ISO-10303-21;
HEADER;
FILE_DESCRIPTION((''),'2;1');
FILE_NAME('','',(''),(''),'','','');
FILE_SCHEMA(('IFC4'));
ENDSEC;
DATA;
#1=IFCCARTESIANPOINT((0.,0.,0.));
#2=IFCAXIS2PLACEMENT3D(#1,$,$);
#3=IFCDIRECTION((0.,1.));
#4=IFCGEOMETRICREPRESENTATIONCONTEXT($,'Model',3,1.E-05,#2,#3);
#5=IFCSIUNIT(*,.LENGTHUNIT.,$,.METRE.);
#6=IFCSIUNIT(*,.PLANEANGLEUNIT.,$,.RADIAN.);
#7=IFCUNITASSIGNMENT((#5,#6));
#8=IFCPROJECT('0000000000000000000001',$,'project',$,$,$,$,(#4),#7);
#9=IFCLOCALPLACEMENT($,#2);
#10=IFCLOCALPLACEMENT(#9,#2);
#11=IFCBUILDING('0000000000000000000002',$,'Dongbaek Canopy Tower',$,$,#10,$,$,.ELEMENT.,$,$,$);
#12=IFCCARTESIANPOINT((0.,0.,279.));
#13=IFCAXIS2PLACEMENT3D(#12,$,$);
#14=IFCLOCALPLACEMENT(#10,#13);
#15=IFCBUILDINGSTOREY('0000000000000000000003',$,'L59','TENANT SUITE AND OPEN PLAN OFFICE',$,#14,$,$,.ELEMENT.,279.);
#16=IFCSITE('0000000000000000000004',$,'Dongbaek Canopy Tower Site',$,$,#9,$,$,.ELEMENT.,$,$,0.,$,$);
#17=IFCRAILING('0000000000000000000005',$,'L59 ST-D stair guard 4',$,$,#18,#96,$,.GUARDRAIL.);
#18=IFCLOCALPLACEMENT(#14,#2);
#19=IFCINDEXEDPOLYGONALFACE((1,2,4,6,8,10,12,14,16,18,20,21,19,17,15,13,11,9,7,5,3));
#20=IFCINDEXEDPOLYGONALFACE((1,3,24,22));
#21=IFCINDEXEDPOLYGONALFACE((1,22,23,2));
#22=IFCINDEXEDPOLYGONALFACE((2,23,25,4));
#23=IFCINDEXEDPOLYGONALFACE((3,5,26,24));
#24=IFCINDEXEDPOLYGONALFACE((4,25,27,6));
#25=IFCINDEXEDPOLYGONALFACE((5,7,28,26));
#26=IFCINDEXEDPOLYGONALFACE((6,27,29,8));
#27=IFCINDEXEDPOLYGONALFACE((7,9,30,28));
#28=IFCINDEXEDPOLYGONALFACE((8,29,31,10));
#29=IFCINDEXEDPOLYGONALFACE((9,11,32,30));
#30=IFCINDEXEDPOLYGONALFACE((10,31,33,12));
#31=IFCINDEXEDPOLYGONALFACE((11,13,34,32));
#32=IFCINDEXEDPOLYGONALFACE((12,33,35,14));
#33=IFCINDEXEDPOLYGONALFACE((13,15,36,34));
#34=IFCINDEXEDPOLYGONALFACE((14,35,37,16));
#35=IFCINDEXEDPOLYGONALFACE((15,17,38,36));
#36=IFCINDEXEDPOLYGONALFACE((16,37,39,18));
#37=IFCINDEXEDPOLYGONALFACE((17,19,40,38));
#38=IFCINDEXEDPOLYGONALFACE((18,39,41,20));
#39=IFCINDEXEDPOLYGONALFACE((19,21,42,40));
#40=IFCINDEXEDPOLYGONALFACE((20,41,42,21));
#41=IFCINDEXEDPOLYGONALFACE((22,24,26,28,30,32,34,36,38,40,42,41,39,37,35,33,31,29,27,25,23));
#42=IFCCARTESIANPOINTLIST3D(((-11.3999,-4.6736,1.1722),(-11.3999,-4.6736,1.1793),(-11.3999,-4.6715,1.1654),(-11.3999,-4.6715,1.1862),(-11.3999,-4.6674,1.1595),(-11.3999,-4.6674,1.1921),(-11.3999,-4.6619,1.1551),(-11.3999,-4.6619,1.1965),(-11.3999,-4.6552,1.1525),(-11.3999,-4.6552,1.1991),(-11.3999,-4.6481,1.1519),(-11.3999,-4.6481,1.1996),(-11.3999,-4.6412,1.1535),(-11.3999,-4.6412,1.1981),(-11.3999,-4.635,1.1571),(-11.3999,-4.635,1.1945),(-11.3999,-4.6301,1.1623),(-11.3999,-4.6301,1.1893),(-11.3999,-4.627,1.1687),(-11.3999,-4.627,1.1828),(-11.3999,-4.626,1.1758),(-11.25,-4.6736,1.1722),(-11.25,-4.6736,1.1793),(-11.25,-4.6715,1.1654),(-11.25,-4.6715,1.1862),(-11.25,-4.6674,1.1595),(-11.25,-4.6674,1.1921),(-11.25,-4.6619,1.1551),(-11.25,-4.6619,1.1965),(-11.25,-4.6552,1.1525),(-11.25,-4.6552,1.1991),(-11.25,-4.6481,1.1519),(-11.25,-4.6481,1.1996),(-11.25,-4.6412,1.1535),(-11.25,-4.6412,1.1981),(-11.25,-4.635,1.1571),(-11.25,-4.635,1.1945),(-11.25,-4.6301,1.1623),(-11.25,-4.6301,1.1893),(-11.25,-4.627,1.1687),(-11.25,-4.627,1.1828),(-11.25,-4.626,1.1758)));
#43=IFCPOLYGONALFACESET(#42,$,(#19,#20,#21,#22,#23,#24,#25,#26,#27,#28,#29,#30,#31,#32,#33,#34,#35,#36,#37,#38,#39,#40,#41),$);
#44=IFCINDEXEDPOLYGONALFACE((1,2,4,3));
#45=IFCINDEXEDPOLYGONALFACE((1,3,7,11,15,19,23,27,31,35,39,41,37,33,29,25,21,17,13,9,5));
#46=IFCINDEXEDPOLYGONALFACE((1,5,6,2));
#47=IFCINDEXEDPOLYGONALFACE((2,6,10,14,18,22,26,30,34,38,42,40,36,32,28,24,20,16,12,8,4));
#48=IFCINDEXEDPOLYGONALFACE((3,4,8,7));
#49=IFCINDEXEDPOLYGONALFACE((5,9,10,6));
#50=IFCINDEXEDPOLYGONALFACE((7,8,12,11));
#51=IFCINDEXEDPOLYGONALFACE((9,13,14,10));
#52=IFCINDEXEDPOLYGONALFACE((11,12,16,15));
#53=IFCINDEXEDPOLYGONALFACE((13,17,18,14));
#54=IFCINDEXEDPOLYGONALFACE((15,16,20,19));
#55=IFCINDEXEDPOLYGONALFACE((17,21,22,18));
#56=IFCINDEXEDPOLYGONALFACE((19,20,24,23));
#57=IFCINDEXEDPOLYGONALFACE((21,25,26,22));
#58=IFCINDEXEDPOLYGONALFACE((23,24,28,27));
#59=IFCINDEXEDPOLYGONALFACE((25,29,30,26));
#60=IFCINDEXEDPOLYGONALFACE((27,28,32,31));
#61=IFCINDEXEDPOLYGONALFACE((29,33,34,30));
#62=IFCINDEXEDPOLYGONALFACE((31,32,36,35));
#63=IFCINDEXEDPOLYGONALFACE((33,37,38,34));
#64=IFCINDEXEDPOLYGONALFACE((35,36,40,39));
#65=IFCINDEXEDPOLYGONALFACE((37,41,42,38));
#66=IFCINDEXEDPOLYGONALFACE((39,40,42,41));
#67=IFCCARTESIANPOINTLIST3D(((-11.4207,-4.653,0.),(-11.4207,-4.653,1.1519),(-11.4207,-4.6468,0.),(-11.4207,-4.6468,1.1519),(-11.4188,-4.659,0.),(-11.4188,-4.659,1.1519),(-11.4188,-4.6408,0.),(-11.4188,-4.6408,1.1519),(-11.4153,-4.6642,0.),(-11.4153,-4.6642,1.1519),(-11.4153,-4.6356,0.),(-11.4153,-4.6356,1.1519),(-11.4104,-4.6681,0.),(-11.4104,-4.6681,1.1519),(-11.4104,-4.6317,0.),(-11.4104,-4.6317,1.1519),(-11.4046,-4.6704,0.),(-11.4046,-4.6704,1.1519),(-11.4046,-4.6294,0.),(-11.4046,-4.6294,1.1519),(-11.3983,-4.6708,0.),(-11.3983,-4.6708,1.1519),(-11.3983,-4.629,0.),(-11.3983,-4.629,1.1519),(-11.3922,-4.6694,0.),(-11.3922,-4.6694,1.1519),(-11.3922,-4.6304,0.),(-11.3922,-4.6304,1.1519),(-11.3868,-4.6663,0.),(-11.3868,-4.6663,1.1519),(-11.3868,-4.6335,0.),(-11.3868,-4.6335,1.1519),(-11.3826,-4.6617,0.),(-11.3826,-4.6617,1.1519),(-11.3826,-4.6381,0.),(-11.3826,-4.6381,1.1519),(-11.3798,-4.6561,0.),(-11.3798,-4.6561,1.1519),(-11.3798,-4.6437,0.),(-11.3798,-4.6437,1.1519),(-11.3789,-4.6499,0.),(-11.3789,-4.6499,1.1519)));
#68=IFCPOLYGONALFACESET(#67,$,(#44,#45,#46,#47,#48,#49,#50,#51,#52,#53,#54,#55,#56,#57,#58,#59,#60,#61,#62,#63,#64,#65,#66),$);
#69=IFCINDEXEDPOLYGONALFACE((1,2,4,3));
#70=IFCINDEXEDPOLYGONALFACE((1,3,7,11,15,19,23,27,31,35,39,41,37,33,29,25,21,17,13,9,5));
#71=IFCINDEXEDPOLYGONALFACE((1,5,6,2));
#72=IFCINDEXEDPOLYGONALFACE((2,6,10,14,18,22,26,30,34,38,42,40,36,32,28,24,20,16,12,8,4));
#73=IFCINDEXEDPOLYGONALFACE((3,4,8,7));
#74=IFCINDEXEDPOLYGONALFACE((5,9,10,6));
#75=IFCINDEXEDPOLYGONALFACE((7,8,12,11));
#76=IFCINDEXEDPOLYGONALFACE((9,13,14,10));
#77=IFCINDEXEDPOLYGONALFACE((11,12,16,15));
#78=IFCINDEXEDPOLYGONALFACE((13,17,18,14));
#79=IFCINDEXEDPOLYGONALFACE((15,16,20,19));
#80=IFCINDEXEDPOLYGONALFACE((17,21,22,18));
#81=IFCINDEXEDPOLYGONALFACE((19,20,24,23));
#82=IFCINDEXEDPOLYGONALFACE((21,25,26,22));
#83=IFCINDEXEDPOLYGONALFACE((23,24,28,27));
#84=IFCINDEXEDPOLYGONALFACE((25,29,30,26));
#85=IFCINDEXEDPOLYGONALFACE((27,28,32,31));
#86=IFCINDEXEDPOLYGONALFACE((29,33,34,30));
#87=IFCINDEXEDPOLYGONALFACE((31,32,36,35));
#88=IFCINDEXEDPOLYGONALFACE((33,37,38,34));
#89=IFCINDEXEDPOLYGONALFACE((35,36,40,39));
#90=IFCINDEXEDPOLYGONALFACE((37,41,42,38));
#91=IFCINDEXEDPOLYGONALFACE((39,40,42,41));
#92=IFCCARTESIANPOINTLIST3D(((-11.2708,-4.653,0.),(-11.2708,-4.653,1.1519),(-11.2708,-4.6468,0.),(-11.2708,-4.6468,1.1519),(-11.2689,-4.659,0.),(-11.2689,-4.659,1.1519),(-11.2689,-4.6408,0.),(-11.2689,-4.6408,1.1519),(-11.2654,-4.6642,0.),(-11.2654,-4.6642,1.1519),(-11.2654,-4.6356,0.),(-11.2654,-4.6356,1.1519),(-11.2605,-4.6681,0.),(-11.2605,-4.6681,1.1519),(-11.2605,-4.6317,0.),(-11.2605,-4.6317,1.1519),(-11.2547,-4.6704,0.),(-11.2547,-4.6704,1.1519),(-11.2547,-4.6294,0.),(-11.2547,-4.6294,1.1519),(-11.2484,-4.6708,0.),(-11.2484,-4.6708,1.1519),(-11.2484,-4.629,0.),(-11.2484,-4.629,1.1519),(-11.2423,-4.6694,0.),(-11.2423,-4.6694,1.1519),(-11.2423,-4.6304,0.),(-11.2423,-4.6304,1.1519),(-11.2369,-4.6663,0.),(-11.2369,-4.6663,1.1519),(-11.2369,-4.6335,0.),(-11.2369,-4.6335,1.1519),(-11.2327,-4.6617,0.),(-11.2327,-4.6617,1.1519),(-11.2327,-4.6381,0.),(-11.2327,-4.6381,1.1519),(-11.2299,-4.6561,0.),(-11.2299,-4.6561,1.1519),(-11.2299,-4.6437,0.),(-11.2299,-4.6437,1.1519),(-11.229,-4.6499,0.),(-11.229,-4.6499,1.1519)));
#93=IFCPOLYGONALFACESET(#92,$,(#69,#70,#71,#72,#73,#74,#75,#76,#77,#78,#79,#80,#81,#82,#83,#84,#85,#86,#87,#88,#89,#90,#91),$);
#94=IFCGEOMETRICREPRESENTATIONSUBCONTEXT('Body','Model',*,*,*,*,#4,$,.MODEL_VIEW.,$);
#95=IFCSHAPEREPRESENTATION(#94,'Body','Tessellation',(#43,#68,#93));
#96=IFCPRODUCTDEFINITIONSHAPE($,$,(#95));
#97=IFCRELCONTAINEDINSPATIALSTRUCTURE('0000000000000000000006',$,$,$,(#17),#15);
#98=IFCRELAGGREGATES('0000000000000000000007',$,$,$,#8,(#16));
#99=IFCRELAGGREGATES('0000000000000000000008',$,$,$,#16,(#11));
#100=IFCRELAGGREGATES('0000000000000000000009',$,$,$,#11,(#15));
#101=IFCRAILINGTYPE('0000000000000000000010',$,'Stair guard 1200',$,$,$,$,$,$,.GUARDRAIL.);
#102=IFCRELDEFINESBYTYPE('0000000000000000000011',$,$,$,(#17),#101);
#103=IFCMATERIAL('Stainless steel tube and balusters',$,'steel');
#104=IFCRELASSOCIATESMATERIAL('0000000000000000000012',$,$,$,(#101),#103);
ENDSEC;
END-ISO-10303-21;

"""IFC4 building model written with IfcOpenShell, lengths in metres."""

from ifc_helpers import new_model, si_unit, direction, frame, origin, origin_2d, place, context, subcontext, project, spatial, circle, extrude, material, type_object, element, save


model = new_model("IFC4")

# Units and contexts
model_context = context("Model", 3, precision=1e-05, world=origin(), true_north=direction((0.0, 1.0)))
body_context = subcontext(model_context, "Body", "Model", "MODEL_VIEW")
ifc_project = project(units=[si_unit("LENGTHUNIT", "METRE"), si_unit("PLANEANGLEUNIT", "RADIAN")], contexts=[model_context])

# Site, building, storey
site_placement = place(None, origin())
site = spatial("IfcSite", under=ifc_project, at=site_placement, Name="Dongbaek Canopy Tower Site", CompositionType="ELEMENT", RefElevation=0.0)
building_placement = place(site_placement, origin())
building = spatial("IfcBuilding", under=site, at=building_placement, Name="Dongbaek Canopy Tower", CompositionType="ELEMENT")
storey_placement = place(building_placement, frame((0.0, 0.0, 279.0)))
storey = spatial("IfcBuildingStorey", under=building, at=storey_placement, Name="L59", Description="TENANT SUITE AND OPEN PLAN OFFICE", CompositionType="ELEMENT", Elevation=279.0)

# Railing
ifc_material_1 = material(Name="Stainless steel tube and balusters", Category="steel")
railing_type_1 = type_object("IfcRailingType", Name="Stair guard 1200", PredefinedType="GUARDRAIL", material=ifc_material_1)
railing_1_placement = place(storey_placement, frame((-11.3999, -4.6499, 0.0)))
element("IfcRailing", 1, at=railing_1_placement, inside=storey, type_object=railing_type_1, Name="L59 ST-D stair guard 4", PredefinedType="GUARDRAIL", context=body_context, shape_type="SweptSolid", body=[
    extrude(circle(Radius=0.0239, at=origin_2d()), frame((0.0, 0.0, 1.1758), z_axis=(1.0, 0.0, 0.0), x_axis=(0.0, 1.0, 0.0)), (0.0, 0.0, 1.0), 0.1499),
    extrude(circle(Radius=0.021, at=origin_2d()), origin(), (0.0, 0.0, 1.0), 1.1519),
    extrude(circle(Radius=0.021, at=origin_2d()), frame((0.1499, 0.0, 0.0)), (0.0, 0.0, 1.0), 1.1519),
])

save(model, "model.ifc")
